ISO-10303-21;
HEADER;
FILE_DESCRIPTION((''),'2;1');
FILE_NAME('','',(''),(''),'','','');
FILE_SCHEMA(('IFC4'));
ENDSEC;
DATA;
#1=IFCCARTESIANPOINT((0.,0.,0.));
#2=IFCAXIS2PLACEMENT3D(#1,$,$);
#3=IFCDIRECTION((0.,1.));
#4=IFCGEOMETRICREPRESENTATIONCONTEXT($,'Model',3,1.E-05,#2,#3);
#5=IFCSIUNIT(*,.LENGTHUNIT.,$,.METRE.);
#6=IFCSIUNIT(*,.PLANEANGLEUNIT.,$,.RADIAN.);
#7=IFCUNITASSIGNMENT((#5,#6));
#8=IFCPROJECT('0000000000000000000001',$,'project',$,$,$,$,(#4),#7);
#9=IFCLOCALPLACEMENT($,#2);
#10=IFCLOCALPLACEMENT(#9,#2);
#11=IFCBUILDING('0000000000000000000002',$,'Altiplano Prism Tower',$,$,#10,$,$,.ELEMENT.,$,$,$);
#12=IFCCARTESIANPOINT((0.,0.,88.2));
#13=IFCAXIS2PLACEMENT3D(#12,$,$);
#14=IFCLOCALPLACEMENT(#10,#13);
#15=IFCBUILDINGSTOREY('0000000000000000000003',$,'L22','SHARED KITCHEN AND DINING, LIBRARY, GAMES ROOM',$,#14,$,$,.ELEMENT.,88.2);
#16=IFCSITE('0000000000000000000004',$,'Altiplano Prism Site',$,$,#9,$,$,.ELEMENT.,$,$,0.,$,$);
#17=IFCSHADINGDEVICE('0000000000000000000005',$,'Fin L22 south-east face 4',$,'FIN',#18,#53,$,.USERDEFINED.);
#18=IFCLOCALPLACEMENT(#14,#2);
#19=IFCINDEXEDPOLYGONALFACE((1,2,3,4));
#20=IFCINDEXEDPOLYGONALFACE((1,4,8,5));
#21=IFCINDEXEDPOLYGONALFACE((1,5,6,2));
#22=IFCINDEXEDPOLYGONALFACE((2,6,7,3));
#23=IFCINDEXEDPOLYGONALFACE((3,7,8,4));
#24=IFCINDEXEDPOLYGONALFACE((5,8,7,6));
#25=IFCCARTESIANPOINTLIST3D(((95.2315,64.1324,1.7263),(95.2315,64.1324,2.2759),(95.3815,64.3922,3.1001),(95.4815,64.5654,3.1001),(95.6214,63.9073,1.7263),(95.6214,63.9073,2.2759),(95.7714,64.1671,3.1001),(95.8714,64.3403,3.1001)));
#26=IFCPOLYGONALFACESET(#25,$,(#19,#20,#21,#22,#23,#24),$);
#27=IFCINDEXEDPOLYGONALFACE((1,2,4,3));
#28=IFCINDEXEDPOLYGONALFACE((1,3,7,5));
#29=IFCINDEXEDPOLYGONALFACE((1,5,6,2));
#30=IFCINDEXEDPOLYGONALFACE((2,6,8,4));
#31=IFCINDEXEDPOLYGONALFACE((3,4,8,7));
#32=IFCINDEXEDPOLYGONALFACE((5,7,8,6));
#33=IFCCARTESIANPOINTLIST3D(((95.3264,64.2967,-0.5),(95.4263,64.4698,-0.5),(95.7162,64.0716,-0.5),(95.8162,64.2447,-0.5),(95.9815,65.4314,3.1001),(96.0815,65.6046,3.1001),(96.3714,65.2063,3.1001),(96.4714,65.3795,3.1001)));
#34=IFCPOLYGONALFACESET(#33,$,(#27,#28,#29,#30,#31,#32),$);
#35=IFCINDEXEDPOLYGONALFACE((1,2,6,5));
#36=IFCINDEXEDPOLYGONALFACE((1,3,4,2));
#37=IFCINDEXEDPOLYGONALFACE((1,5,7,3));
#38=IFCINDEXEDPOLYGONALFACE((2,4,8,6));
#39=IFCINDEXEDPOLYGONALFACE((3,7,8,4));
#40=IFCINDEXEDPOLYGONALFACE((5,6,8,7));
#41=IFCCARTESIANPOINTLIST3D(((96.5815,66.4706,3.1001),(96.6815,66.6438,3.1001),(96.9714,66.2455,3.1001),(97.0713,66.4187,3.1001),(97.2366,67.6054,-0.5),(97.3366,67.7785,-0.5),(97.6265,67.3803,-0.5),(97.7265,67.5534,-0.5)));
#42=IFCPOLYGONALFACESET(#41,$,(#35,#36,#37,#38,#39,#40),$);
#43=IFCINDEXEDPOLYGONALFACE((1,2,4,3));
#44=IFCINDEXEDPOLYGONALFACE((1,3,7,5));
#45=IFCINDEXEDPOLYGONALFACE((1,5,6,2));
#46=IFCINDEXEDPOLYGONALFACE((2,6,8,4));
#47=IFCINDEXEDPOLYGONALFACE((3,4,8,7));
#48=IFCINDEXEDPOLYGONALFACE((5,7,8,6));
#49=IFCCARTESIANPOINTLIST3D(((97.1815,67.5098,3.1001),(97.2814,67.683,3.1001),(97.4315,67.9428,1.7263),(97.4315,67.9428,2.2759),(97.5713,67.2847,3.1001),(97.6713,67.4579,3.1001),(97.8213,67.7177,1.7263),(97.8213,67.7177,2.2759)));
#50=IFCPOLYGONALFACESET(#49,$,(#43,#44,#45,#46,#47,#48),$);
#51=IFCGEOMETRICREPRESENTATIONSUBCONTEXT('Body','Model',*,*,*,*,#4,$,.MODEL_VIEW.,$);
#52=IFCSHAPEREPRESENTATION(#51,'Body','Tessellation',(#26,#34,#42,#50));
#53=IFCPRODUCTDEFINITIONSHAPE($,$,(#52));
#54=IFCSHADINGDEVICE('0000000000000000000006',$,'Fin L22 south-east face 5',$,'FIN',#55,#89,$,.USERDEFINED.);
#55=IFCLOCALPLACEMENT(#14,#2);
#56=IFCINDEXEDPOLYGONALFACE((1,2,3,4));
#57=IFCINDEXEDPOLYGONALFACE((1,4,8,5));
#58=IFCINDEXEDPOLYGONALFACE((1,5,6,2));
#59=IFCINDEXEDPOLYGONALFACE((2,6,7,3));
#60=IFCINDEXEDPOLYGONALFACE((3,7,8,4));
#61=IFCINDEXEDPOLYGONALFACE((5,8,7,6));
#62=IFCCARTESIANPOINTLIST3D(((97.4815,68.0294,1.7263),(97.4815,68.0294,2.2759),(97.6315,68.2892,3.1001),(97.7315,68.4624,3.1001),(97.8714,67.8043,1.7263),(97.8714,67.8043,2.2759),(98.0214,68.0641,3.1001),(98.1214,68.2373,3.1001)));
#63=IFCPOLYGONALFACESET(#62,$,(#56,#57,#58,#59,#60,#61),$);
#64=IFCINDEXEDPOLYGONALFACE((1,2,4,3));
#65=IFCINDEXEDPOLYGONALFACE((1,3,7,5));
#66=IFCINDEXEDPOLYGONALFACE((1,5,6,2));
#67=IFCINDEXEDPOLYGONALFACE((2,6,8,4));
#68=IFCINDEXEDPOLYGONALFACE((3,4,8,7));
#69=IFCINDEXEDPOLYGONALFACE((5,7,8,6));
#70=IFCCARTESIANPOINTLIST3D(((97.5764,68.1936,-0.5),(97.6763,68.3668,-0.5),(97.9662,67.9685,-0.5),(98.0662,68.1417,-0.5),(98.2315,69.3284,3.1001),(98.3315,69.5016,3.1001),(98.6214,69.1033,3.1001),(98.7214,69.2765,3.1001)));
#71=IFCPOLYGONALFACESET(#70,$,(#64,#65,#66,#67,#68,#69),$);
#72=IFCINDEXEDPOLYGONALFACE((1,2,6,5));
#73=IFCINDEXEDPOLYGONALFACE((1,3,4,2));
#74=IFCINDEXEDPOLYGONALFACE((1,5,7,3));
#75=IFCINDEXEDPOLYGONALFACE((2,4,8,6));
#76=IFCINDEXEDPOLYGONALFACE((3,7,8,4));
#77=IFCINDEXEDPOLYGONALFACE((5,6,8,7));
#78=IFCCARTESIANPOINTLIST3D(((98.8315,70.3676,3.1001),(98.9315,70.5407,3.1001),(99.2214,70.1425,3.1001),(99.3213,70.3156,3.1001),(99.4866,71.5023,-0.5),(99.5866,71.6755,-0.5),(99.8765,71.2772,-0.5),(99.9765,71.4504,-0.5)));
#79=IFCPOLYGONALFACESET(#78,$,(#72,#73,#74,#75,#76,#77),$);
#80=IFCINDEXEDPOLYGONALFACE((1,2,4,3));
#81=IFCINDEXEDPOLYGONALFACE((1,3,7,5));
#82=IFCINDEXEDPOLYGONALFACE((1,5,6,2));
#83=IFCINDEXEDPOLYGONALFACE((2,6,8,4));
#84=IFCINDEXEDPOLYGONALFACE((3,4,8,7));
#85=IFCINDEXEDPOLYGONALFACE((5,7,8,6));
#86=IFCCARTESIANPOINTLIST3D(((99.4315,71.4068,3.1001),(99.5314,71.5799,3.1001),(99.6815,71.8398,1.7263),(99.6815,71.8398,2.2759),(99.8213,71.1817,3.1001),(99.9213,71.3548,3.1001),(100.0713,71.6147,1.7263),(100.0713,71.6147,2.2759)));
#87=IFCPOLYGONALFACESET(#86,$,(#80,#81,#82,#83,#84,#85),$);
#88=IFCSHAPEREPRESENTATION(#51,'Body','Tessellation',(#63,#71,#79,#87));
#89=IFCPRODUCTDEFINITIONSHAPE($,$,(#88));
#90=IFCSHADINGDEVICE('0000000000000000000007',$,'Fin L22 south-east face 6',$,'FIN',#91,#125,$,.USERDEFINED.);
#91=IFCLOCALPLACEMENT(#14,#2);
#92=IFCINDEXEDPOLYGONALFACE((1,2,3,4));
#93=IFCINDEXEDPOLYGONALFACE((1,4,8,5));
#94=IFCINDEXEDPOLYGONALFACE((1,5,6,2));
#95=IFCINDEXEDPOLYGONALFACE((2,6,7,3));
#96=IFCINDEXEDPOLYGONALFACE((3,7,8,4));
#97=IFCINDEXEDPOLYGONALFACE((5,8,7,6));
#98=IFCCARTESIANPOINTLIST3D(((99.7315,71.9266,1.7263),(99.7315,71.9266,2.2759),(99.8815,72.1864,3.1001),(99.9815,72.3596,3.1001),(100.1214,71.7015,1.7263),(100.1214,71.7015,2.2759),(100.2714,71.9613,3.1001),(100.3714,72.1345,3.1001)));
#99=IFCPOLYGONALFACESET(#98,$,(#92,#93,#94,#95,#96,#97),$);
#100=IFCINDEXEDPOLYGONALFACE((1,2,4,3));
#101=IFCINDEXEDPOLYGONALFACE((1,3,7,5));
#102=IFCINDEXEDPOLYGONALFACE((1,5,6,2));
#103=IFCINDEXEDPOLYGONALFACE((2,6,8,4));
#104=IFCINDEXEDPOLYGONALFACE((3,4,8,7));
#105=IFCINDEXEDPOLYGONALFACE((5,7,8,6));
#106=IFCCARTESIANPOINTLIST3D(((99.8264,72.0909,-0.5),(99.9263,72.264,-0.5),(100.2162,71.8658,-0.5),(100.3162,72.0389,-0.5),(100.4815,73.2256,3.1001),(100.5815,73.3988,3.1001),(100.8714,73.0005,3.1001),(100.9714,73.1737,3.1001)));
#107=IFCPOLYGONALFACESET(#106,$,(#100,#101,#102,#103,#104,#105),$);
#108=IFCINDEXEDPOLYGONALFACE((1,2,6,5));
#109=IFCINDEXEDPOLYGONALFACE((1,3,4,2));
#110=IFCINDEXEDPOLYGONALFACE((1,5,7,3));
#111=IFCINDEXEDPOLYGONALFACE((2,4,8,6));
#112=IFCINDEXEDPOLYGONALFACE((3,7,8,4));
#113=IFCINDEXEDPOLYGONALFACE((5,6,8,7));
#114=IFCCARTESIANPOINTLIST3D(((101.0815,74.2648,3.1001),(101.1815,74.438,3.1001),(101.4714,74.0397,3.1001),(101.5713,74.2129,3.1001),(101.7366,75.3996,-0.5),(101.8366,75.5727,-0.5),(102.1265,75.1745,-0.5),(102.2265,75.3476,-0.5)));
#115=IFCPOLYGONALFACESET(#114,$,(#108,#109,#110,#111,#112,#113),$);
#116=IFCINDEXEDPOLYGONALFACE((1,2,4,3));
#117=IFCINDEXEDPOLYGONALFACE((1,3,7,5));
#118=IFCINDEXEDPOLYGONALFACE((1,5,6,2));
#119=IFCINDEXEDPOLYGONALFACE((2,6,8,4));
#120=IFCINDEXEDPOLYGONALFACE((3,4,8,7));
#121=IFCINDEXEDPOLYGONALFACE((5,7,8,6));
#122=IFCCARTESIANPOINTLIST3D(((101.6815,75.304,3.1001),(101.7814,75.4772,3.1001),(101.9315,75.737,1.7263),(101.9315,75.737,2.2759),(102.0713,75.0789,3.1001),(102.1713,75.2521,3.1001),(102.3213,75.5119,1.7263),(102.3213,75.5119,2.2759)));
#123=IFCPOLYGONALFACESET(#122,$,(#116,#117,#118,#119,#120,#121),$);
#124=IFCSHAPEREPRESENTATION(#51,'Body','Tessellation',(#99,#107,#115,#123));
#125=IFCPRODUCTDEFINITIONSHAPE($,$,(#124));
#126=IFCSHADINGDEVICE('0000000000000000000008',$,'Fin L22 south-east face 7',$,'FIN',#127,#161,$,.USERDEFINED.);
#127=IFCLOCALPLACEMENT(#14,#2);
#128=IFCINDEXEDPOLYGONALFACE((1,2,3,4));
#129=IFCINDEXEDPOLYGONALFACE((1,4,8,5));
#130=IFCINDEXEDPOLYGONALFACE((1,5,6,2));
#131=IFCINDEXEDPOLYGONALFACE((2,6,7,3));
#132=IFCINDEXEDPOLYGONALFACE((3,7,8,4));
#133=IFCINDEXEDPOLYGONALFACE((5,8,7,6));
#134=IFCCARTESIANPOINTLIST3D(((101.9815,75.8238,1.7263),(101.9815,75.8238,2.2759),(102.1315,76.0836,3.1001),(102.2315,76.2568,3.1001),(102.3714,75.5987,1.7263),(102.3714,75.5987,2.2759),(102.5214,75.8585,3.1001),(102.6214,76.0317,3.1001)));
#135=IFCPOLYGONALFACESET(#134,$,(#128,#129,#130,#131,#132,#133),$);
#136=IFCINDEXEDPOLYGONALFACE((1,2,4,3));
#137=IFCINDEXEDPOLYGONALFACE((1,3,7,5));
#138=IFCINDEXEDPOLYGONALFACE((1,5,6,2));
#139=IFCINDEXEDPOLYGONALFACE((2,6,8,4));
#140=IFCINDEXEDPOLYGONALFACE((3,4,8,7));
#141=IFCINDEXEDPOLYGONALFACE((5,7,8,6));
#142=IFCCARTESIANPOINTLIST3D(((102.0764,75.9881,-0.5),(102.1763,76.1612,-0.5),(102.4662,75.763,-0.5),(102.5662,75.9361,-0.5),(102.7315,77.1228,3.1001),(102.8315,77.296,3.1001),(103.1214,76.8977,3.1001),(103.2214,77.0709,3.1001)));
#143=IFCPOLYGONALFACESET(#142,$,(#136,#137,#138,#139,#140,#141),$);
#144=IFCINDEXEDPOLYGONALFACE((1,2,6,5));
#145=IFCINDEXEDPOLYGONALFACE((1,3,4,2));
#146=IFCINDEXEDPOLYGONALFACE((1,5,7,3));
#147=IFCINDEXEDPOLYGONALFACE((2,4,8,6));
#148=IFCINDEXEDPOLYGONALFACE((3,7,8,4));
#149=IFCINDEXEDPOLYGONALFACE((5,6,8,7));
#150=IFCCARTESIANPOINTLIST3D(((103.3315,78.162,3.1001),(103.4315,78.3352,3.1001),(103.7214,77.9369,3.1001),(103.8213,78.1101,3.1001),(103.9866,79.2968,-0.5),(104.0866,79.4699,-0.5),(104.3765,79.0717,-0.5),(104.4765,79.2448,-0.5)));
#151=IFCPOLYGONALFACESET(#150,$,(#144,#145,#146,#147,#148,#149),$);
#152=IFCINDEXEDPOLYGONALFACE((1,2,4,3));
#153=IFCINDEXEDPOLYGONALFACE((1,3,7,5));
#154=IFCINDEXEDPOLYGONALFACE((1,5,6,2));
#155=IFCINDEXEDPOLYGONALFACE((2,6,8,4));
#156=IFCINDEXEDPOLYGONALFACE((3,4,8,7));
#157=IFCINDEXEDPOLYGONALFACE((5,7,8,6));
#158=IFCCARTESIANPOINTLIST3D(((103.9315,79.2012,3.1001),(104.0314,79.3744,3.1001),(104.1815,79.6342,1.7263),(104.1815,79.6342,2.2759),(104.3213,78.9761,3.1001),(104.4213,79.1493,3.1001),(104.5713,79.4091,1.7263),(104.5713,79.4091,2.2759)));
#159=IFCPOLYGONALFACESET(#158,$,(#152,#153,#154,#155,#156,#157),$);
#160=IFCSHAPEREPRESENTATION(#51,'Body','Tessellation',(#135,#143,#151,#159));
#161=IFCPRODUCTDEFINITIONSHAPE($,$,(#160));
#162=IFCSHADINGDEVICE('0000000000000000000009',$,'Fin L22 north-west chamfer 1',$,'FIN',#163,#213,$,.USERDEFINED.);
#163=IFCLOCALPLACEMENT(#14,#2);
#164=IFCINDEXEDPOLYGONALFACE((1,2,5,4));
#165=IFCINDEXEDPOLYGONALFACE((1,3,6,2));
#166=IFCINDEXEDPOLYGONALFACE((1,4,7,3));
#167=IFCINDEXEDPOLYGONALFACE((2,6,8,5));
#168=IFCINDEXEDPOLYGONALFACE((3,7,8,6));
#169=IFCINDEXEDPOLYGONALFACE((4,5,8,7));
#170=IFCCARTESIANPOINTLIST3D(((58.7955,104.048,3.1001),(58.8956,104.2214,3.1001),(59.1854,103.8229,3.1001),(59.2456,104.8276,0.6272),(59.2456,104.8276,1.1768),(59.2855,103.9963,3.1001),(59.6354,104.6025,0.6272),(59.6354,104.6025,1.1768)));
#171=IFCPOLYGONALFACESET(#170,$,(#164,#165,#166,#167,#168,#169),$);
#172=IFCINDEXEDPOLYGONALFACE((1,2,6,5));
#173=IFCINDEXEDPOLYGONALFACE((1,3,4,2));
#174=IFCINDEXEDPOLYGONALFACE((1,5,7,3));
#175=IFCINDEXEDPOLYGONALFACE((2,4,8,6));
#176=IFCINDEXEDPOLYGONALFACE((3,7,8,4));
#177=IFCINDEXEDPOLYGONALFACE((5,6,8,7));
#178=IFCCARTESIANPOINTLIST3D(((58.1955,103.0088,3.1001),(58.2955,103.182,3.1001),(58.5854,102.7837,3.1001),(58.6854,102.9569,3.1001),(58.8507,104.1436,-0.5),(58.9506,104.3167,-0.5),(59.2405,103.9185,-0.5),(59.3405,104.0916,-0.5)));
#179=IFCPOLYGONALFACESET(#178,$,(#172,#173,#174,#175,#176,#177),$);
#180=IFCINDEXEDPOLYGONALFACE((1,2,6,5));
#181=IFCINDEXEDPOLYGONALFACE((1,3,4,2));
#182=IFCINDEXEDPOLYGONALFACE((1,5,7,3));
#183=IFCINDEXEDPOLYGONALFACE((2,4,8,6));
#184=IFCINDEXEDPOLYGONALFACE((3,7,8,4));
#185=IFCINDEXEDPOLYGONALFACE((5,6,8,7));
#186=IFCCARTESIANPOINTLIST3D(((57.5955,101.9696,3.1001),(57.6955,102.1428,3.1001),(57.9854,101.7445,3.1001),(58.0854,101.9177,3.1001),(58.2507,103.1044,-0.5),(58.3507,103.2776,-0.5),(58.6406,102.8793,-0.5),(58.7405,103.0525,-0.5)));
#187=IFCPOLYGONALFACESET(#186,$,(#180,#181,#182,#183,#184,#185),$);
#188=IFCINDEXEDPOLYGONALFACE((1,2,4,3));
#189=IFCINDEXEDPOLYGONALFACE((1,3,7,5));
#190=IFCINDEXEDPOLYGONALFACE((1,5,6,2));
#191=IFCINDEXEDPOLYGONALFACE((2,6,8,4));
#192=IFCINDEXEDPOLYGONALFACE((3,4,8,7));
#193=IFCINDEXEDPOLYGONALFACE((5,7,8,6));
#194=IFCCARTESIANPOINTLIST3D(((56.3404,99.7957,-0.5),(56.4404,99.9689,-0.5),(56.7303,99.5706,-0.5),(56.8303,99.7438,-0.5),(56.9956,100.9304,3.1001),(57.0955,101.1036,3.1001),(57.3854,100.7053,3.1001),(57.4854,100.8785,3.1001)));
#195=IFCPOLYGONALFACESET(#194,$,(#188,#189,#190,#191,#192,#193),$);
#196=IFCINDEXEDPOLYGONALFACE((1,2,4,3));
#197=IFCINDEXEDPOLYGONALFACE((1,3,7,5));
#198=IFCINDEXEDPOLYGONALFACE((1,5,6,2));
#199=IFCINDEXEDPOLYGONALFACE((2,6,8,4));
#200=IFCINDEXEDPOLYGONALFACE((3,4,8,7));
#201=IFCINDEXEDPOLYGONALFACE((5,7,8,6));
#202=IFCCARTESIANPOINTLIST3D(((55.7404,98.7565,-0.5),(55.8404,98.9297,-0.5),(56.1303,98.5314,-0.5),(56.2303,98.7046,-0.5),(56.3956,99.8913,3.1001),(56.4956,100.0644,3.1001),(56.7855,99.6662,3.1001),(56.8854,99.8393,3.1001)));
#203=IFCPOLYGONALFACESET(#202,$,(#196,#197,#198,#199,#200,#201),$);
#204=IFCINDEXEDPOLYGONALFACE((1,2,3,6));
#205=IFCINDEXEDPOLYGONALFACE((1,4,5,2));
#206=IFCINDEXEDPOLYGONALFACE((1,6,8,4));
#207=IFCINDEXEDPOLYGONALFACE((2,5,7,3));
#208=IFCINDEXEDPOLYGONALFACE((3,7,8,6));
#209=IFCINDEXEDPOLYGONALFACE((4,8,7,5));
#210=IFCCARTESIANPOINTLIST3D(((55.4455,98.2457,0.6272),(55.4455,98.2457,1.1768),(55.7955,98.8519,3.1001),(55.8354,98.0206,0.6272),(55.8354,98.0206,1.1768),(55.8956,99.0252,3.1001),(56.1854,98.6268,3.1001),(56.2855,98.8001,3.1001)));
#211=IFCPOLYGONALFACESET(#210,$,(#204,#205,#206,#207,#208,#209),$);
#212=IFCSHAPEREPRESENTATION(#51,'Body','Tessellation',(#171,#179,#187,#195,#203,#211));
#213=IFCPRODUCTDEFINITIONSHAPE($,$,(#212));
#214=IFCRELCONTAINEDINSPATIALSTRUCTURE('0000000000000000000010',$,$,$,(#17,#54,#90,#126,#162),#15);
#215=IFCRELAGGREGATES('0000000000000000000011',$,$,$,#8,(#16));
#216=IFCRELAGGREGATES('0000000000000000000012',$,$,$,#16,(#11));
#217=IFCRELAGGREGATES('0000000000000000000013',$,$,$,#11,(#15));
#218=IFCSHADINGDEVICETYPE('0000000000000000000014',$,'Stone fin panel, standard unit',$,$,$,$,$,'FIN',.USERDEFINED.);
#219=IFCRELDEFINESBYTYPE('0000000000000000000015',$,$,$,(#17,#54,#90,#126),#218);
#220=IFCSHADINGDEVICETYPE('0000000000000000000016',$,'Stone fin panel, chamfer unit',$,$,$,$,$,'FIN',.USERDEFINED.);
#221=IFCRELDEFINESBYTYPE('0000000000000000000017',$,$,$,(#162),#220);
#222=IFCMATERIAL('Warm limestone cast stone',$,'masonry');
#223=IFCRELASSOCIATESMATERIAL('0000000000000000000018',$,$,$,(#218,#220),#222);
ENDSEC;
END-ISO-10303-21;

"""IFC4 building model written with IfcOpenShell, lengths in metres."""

from ifc_helpers import new_model, si_unit, direction, frame, origin, place, context, subcontext, project, spatial, polyline, outline, extrude, source, transform, mapped, material, type_object, element, save


model = new_model("IFC4")

# Units and contexts
model_context = context("Model", 3, precision=1e-05, world=origin(), true_north=direction((0.0, 1.0)))
body_context = subcontext(model_context, "Body", "Model", "MODEL_VIEW")
ifc_project = project(units=[si_unit("LENGTHUNIT", "METRE"), si_unit("PLANEANGLEUNIT", "RADIAN")], contexts=[model_context])

# Site, building, storey
site_placement = place(None, origin())
site = spatial("IfcSite", under=ifc_project, at=site_placement, Name="Altiplano Prism Site", CompositionType="ELEMENT", RefElevation=0.0)
building_placement = place(site_placement, origin())
building = spatial("IfcBuilding", under=site, at=building_placement, Name="Altiplano Prism Tower", CompositionType="ELEMENT")
storey_placement = place(building_placement, frame((0.0, 0.0, 88.2)))
storey = spatial("IfcBuildingStorey", under=building, at=storey_placement, Name="L22", Description="SHARED KITCHEN AND DINING, LIBRARY, GAMES ROOM", CompositionType="ELEMENT", Elevation=88.2)

# Shading devices
ifc_material_1 = material(Name="Warm limestone cast stone", Category="masonry")
shading_device_type_1 = type_object("IfcShadingDeviceType", Name="Stone fin panel, standard unit", ElementType="FIN", PredefinedType="USERDEFINED", material=ifc_material_1)
shared_shape_1 = source(origin(), body_context, "Body", "SweptSolid", [
    extrude(outline(polyline([(-2.2, 2.2263), (-1.7, 3.6001), (-1.8999, 3.6001), (-2.2, 2.7759), (-2.2, 2.2263)])), frame((0.0, -0.1499, 0.0), z_axis=(0.0, -1.0, 0.0), x_axis=(1.0, 0.0, 0.0)), (0.0, 0.0, 1.0), 0.4502),
    extrude(outline(polyline([(-2.0103, 0.0), (-1.8103, 0.0), (-0.5, 3.6001), (-0.7, 3.6001), (-2.0103, 0.0)])), frame((0.0, -0.1499, 0.0), z_axis=(0.0, -1.0, 0.0), x_axis=(1.0, 0.0, 0.0)), (0.0, 0.0, 1.0), 0.4502),
    extrude(outline(polyline([(1.8103, 0.0), (2.0103, 0.0), (0.7, 3.6001), (0.5, 3.6001), (1.8103, 0.0)])), frame((0.0, -0.1499, 0.0), z_axis=(0.0, -1.0, 0.0), x_axis=(1.0, 0.0, 0.0)), (0.0, 0.0, 1.0), 0.4502),
    extrude(outline(polyline([(2.2, 2.7759), (1.8999, 3.6001), (1.7, 3.6001), (2.2, 2.2263), (2.2, 2.7759)])), frame((0.0, -0.1499, 0.0), z_axis=(0.0, -1.0, 0.0), x_axis=(1.0, 0.0, 0.0)), (0.0, 0.0, 1.0), 0.4502),
])
shading_device_1_placement = place(storey_placement, origin())
element("IfcShadingDevice", 1, at=shading_device_1_placement, inside=storey, type_object=shading_device_type_1, Name="Fin L22 south-east face 4", ObjectType="FIN", PredefinedType="USERDEFINED", context=body_context, shape_type="MappedRepresentation", body=[
    mapped(shared_shape_1, transform((96.2017, 66.1125, -0.5), x_axis=(0.5, 0.866025, 0.0), y_axis=(-0.866025, 0.5, 0.0), z_axis=(0.0, 0.0, 1.0))),
])
shading_device_2_placement = place(storey_placement, origin())
element("IfcShadingDevice", 2, at=shading_device_2_placement, inside=storey, type_object=shading_device_type_1, Name="Fin L22 south-east face 5", ObjectType="FIN", PredefinedType="USERDEFINED", context=body_context, shape_type="MappedRepresentation", body=[
    mapped(shared_shape_1, transform((98.4517, 70.0095, -0.5), x_axis=(0.5, 0.866025, 0.0), y_axis=(-0.866025, 0.5, 0.0), z_axis=(0.0, 0.0, 1.0))),
])
shading_device_3_placement = place(storey_placement, origin())
element("IfcShadingDevice", 3, at=shading_device_3_placement, inside=storey, type_object=shading_device_type_1, Name="Fin L22 south-east face 6", ObjectType="FIN", PredefinedType="USERDEFINED", context=body_context, shape_type="MappedRepresentation", body=[
    mapped(shared_shape_1, transform((100.7017, 73.9067, -0.5), x_axis=(0.5, 0.866025, 0.0), y_axis=(-0.866025, 0.5, 0.0), z_axis=(0.0, 0.0, 1.0))),
])
shading_device_4_placement = place(storey_placement, origin())
element("IfcShadingDevice", 4, at=shading_device_4_placement, inside=storey, type_object=shading_device_type_1, Name="Fin L22 south-east face 7", ObjectType="FIN", PredefinedType="USERDEFINED", context=body_context, shape_type="MappedRepresentation", body=[
    mapped(shared_shape_1, transform((102.9517, 77.804, -0.5), x_axis=(0.5, 0.866025, 0.0), y_axis=(-0.866025, 0.5, 0.0), z_axis=(0.0, 0.0, 1.0))),
])
shading_device_type_2 = type_object("IfcShadingDeviceType", Name="Stone fin panel, chamfer unit", ElementType="FIN", PredefinedType="USERDEFINED", material=ifc_material_1)
shared_shape_2 = source(origin(), body_context, "Body", "SweptSolid", [
    extrude(outline(polyline([(-3.8, 1.1272), (-2.8999, 3.6001), (-3.1001, 3.6001), (-3.8, 1.6768), (-3.8, 1.1272)])), frame((0.0, -0.1499, 0.0), z_axis=(0.0, -1.0, 0.0), x_axis=(1.0, 0.0, 0.0)), (0.0, 0.0, 1.0), 0.4502),
    extrude(outline(polyline([(-3.2102, 0.0), (-3.0103, 0.0), (-1.7, 3.6001), (-1.8999, 3.6001), (-3.2102, 0.0)])), frame((0.0, -0.1499, 0.0), z_axis=(0.0, -1.0, 0.0), x_axis=(1.0, 0.0, 0.0)), (0.0, 0.0, 1.0), 0.4502),
    extrude(outline(polyline([(-2.0103, 0.0), (-1.8103, 0.0), (-0.5, 3.6001), (-0.7, 3.6001), (-2.0103, 0.0)])), frame((0.0, -0.1499, 0.0), z_axis=(0.0, -1.0, 0.0), x_axis=(1.0, 0.0, 0.0)), (0.0, 0.0, 1.0), 0.4502),
    extrude(outline(polyline([(1.8103, 0.0), (2.0103, 0.0), (0.7, 3.6001), (0.5, 3.6001), (1.8103, 0.0)])), frame((0.0, -0.1499, 0.0), z_axis=(0.0, -1.0, 0.0), x_axis=(1.0, 0.0, 0.0)), (0.0, 0.0, 1.0), 0.4502),
    extrude(outline(polyline([(3.0103, 0.0), (3.2102, 0.0), (1.8999, 3.6001), (1.7, 3.6001), (3.0103, 0.0)])), frame((0.0, -0.1499, 0.0), z_axis=(0.0, -1.0, 0.0), x_axis=(1.0, 0.0, 0.0)), (0.0, 0.0, 1.0), 0.4502),
    extrude(outline(polyline([(3.8, 1.6768), (3.1001, 3.6001), (2.8999, 3.6001), (3.8, 1.1272), (3.8, 1.6768)])), frame((0.0, -0.1499, 0.0), z_axis=(0.0, -1.0, 0.0), x_axis=(1.0, 0.0, 0.0)), (0.0, 0.0, 1.0), 0.4502),
])
shading_device_5_placement = place(storey_placement, origin())
element("IfcShadingDevice", 5, at=shading_device_5_placement, inside=storey, type_object=shading_device_type_2, Name="Fin L22 north-west chamfer 1", ObjectType="FIN", PredefinedType="USERDEFINED", context=body_context, shape_type="MappedRepresentation", body=[
    mapped(shared_shape_2, transform((57.8652, 101.2366, -0.5), x_axis=(-0.5, -0.866025, 0.0), y_axis=(0.866025, -0.5, 0.0), z_axis=(0.0, 0.0, 1.0))),
])

save(model, "model.ifc")
